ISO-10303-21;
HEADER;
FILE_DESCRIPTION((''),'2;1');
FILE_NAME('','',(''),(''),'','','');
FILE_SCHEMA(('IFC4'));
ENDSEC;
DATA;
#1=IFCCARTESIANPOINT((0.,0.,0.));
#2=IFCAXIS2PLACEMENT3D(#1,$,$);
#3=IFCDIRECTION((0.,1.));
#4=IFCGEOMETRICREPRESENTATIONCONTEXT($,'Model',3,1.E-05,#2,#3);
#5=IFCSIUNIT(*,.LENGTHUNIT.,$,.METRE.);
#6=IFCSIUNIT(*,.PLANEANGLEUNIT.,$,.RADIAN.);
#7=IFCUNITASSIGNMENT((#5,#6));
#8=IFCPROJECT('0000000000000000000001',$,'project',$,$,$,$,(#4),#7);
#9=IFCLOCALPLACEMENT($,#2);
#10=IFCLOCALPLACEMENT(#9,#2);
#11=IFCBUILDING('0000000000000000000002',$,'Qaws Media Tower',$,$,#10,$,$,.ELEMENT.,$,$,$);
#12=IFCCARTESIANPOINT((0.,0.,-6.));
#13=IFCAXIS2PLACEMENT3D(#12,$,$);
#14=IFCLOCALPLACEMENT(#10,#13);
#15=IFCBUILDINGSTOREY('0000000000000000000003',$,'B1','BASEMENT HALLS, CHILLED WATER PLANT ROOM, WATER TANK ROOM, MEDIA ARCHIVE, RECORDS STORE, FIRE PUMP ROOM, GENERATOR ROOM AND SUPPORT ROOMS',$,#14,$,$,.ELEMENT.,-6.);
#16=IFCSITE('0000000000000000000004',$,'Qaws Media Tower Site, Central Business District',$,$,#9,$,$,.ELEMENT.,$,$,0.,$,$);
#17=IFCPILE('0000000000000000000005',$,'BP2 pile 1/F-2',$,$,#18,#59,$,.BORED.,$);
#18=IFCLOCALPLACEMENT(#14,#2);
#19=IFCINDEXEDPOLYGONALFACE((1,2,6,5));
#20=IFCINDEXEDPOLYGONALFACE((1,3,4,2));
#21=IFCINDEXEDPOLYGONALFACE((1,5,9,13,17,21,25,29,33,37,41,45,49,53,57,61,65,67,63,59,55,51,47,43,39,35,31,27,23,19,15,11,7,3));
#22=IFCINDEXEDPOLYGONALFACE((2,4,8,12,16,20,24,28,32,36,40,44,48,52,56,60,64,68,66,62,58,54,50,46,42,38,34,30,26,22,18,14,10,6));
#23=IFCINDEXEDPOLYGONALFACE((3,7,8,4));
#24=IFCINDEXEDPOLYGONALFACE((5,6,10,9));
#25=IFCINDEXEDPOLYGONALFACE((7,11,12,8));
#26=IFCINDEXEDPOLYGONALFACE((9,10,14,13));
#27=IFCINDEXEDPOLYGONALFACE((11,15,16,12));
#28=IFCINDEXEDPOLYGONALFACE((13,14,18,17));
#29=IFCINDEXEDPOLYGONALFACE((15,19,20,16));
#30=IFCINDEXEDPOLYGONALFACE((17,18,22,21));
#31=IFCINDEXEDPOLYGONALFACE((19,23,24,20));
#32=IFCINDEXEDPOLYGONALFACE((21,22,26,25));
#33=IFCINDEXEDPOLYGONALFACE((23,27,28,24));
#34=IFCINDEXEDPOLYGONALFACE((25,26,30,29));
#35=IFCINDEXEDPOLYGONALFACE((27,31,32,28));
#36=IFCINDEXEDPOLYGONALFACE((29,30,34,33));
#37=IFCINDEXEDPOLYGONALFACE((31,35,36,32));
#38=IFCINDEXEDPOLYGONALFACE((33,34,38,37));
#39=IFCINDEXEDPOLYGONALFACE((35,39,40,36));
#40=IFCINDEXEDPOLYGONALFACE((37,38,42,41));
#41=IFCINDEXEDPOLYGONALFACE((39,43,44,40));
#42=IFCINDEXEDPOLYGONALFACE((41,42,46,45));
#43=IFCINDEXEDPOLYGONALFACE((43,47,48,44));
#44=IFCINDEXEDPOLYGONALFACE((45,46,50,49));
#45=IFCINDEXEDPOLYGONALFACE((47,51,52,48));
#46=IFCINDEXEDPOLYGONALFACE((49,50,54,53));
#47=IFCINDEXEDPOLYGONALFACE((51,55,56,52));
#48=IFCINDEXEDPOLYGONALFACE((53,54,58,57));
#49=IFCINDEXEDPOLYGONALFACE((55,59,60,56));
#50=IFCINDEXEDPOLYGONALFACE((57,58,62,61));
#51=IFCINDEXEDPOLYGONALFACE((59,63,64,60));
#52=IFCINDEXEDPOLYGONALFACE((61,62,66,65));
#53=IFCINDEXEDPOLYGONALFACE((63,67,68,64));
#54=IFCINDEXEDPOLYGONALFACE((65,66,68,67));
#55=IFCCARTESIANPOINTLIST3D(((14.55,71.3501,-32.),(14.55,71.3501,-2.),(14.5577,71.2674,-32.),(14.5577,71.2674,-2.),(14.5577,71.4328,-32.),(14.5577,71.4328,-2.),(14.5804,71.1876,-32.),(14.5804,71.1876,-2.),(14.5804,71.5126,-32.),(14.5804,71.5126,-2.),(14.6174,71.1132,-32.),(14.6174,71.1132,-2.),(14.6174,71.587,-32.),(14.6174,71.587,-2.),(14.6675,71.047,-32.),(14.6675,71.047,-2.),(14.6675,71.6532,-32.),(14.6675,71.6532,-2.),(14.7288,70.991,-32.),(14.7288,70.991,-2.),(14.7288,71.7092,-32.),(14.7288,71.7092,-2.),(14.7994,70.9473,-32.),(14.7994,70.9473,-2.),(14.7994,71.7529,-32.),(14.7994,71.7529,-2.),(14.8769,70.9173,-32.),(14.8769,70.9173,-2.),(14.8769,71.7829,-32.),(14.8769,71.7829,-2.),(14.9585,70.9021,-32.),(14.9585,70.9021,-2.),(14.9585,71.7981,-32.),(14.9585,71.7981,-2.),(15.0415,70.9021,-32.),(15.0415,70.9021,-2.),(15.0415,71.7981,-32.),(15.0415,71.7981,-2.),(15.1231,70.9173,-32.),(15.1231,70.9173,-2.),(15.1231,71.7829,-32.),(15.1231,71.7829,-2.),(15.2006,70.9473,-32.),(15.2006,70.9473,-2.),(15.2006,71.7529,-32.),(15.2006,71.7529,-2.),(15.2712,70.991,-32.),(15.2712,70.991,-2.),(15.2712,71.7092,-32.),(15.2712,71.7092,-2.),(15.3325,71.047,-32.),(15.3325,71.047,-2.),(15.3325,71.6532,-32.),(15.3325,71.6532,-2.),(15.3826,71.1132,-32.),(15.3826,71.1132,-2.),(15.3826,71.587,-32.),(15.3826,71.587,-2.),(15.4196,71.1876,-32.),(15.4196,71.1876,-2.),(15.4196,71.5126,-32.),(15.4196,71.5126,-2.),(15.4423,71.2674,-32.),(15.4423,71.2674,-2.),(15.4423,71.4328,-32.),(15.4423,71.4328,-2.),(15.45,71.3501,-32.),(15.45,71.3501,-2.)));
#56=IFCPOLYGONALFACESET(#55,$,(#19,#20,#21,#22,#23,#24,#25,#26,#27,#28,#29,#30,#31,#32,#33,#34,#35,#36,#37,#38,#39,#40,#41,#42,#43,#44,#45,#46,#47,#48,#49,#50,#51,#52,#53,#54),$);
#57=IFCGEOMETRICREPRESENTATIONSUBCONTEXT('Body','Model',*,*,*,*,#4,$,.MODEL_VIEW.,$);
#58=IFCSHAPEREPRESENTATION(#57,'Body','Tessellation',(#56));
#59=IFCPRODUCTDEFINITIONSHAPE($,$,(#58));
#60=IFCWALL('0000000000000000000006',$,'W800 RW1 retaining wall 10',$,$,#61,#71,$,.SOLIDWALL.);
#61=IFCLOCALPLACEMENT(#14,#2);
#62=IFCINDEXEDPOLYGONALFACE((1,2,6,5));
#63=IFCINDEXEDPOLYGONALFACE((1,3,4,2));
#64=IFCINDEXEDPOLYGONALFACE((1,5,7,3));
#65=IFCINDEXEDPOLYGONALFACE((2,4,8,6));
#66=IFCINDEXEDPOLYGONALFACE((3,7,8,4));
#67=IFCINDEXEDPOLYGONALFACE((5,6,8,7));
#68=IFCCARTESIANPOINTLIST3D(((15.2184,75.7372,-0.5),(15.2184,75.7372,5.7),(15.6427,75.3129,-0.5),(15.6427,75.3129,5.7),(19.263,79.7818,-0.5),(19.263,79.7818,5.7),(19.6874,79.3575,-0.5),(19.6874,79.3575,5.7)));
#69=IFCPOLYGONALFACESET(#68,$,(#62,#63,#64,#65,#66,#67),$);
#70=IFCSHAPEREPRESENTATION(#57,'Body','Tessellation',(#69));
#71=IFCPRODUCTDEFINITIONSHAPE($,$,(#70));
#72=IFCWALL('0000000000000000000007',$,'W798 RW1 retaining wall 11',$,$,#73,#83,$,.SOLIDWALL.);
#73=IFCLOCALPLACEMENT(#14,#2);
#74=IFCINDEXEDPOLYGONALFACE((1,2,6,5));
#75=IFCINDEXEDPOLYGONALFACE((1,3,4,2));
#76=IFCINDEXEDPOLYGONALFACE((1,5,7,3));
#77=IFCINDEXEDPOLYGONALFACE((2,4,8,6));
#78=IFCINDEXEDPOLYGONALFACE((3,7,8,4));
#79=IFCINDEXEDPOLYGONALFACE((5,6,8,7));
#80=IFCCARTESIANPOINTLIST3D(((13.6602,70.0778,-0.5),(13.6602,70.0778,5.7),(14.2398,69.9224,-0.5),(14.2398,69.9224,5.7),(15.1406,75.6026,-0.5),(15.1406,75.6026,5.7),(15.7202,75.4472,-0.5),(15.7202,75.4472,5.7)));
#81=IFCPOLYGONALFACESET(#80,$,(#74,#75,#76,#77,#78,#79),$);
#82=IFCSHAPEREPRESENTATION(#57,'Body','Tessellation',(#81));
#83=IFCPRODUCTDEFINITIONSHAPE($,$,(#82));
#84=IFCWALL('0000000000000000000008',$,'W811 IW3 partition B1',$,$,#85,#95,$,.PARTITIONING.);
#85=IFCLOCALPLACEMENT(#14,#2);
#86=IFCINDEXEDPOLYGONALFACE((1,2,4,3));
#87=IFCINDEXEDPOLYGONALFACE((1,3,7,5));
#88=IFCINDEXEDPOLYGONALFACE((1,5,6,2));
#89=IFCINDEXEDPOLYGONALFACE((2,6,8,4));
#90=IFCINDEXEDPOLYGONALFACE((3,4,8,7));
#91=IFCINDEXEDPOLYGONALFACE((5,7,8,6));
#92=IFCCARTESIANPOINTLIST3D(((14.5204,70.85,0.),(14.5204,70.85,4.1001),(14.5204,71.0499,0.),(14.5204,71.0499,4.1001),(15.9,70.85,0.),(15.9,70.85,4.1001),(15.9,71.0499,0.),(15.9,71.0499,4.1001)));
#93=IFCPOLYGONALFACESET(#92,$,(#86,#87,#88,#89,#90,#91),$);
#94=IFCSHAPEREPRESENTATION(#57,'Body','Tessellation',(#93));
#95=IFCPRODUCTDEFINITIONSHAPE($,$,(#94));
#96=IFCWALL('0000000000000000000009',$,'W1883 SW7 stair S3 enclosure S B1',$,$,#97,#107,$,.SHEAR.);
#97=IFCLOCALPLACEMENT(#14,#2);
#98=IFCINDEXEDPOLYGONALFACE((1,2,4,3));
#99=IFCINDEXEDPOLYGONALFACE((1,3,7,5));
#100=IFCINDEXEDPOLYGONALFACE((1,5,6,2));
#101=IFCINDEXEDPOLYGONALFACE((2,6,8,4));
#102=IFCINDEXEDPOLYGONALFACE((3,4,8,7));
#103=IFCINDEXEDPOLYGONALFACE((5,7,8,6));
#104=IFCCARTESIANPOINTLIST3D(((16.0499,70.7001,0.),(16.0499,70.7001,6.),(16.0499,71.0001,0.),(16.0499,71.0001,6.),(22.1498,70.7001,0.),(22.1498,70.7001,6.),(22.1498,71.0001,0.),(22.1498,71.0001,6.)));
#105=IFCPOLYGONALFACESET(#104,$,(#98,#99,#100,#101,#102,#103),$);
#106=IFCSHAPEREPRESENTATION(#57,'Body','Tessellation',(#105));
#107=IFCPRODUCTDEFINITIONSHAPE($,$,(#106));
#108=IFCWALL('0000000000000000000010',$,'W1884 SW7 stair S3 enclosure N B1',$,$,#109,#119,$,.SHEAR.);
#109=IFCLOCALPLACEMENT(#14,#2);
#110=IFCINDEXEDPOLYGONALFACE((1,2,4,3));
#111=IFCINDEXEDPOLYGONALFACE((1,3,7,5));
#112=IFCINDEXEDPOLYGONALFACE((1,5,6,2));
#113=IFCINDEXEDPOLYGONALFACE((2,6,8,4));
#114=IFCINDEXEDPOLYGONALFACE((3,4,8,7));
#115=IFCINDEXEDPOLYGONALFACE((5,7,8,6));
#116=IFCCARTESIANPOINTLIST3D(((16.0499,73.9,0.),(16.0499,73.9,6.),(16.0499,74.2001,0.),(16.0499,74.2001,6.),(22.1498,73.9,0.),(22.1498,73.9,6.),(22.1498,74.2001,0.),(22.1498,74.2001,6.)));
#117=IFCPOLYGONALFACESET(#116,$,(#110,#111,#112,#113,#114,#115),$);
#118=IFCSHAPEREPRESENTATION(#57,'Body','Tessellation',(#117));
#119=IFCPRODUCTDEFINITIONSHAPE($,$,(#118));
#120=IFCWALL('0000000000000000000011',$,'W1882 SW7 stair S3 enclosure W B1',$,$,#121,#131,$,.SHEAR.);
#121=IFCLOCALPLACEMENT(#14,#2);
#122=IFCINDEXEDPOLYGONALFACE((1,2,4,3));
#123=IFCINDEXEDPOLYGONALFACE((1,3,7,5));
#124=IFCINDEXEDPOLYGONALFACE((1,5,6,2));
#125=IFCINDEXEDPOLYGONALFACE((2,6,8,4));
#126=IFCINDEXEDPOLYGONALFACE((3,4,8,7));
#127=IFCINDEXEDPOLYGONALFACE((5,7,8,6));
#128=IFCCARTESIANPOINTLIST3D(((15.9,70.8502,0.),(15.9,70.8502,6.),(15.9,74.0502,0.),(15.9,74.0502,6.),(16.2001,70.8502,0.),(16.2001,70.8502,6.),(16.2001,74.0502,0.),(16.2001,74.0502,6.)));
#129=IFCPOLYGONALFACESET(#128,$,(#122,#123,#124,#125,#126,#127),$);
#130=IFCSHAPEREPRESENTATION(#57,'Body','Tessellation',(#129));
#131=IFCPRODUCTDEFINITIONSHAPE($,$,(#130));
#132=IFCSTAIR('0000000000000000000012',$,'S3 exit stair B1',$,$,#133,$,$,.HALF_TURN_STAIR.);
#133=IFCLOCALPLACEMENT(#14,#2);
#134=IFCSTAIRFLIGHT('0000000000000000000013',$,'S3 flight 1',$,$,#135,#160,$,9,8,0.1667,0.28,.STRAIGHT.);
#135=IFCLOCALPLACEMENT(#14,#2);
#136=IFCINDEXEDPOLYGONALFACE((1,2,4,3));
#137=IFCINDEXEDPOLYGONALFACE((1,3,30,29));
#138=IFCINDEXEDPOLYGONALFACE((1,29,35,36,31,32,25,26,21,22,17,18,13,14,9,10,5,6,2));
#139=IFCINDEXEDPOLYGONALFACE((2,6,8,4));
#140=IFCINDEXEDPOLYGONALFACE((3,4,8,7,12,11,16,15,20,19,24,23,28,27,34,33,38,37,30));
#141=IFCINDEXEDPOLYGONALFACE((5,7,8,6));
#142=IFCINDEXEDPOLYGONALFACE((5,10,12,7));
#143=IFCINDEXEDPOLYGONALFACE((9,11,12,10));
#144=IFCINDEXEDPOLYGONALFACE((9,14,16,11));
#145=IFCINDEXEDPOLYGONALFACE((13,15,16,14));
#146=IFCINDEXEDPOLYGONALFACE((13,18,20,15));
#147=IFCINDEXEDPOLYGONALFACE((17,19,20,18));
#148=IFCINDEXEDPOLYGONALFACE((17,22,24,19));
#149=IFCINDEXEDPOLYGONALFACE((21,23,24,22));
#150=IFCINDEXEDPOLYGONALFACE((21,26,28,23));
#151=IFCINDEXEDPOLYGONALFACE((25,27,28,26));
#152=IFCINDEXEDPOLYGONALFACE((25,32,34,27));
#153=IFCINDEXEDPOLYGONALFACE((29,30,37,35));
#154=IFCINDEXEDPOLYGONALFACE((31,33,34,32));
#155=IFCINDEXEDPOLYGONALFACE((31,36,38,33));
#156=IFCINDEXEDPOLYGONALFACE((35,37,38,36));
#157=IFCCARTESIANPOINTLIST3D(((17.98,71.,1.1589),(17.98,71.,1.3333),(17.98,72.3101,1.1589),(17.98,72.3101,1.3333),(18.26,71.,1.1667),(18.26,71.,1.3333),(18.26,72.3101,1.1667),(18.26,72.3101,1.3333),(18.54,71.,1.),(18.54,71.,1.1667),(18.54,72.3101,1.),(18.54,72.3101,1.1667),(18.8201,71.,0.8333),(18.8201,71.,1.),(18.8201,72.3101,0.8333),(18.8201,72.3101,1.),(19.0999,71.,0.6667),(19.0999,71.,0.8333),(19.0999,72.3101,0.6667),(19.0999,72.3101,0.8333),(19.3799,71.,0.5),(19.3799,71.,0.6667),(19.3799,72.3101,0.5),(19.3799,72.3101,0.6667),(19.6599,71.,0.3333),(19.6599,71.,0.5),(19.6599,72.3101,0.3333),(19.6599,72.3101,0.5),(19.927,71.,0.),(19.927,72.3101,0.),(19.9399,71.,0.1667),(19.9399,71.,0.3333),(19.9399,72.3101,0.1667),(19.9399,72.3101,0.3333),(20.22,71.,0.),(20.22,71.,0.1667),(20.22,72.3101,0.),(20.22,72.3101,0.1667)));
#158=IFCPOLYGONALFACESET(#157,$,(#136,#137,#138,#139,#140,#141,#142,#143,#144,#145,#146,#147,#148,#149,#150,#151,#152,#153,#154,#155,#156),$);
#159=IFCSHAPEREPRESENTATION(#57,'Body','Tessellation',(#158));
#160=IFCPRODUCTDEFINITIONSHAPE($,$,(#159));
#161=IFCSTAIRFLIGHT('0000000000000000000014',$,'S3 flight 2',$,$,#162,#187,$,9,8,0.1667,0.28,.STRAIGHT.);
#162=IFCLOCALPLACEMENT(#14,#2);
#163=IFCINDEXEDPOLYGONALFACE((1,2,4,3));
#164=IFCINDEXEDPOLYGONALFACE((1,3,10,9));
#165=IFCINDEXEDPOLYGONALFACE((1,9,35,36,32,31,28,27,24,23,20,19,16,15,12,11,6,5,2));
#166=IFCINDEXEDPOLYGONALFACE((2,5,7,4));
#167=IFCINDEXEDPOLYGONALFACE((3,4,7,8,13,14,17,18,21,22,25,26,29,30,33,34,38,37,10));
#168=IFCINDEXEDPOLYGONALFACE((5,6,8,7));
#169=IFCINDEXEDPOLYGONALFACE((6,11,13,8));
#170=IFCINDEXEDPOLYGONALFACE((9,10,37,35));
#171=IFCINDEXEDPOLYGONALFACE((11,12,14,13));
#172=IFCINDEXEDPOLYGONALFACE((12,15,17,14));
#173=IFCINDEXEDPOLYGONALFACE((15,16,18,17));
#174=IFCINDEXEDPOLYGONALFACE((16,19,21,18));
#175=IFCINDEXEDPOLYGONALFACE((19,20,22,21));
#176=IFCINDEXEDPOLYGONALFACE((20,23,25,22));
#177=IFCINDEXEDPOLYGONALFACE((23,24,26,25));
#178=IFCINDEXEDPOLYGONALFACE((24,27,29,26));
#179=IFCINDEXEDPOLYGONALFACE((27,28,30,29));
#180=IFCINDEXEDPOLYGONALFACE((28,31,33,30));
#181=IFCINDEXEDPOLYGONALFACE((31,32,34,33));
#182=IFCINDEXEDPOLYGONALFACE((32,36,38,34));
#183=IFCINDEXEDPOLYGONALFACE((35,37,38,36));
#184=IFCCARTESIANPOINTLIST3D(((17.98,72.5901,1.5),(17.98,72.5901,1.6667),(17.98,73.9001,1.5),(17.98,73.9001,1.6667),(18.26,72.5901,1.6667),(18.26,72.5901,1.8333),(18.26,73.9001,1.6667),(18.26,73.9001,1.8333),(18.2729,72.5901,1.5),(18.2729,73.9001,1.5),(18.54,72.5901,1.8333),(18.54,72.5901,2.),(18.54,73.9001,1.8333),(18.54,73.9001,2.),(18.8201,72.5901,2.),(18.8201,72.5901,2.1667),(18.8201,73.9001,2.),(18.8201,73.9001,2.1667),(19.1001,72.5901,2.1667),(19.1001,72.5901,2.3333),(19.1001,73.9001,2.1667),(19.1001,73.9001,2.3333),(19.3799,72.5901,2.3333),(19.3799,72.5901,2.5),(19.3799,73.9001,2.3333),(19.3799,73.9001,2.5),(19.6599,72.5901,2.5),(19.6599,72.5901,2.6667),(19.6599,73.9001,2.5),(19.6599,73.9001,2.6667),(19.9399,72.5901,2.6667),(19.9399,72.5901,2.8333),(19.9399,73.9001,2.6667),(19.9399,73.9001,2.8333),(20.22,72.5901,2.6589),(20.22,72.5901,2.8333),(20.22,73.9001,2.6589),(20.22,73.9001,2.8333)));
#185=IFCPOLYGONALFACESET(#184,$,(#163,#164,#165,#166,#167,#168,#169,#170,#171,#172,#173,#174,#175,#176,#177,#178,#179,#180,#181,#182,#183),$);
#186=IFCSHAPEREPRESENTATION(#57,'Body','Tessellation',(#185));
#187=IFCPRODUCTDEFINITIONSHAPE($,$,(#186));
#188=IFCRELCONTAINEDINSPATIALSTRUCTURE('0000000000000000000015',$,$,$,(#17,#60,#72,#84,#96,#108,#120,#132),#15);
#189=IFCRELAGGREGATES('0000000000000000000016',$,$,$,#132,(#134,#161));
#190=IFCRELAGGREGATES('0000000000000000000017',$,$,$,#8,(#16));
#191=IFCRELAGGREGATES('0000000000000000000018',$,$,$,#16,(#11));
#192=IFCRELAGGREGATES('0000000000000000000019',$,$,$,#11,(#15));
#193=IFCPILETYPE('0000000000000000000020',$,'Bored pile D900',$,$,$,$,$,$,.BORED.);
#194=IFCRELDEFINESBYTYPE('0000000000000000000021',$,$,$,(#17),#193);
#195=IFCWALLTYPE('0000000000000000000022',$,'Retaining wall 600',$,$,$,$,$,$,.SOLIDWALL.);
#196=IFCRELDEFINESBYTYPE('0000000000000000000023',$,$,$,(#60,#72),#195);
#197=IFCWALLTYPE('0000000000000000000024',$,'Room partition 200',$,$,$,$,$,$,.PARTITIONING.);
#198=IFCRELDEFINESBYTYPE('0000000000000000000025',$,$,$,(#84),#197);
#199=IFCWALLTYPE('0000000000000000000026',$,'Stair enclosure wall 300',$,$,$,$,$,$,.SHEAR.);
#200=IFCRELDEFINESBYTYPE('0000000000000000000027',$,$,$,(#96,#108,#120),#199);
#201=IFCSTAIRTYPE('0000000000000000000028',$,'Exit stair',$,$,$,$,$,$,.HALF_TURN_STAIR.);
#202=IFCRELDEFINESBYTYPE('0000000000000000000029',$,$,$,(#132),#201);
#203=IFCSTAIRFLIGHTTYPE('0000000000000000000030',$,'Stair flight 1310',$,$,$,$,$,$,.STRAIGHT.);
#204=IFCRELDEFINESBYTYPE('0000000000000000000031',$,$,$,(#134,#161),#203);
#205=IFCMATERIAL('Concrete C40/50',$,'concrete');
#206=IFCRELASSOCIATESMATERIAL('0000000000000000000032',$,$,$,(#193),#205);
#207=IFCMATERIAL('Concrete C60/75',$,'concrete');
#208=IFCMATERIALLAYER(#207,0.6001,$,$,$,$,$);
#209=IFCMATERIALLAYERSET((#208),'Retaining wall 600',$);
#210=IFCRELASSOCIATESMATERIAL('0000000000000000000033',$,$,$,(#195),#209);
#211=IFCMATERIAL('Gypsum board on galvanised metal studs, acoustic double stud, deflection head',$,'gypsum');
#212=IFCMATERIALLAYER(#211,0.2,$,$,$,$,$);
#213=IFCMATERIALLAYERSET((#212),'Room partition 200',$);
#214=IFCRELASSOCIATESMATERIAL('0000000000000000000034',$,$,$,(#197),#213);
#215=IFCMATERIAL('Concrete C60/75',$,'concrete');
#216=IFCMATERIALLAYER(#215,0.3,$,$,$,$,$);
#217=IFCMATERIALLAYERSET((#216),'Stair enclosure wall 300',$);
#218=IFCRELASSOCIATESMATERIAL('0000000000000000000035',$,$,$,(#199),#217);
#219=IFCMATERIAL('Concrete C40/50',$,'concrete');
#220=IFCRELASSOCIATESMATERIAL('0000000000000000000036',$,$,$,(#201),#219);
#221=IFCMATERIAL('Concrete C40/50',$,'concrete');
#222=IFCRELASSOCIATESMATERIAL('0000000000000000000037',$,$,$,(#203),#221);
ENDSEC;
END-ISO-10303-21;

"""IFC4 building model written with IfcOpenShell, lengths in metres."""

from ifc_helpers import new_model, si_unit, direction, frame, frame_2d, origin, origin_2d, place, context, subcontext, project, spatial, polyline, rectangle, circle, outline, extrude, material, layer, layer_set, material_profile, profile_set, type_object, element, aggregate, save


model = new_model("IFC4")

# Units and contexts
model_context = context("Model", 3, precision=1e-05, world=origin(), true_north=direction((0.0, 1.0)))
body_context = subcontext(model_context, "Body", "Model", "MODEL_VIEW")
ifc_project = project(units=[si_unit("LENGTHUNIT", "METRE"), si_unit("PLANEANGLEUNIT", "RADIAN")], contexts=[model_context])

# Site, building, storey
site_placement = place(None, origin())
site = spatial("IfcSite", under=ifc_project, at=site_placement, Name="Qaws Media Tower Site, Central Business District", CompositionType="ELEMENT", RefElevation=0.0)
building_placement = place(site_placement, origin())
building = spatial("IfcBuilding", under=site, at=building_placement, Name="Qaws Media Tower", CompositionType="ELEMENT")
storey_placement = place(building_placement, frame((0.0, 0.0, -6.0)))
storey = spatial("IfcBuildingStorey", under=building, at=storey_placement, Name="B1", Description="BASEMENT HALLS, CHILLED WATER PLANT ROOM, WATER TANK ROOM, MEDIA ARCHIVE, RECORDS STORE, FIRE PUMP ROOM, GENERATOR ROOM AND SUPPORT ROOMS", CompositionType="ELEMENT", Elevation=-6.0)

# Pile
ifc_material_1 = material(Name="Concrete C40/50", Category="concrete")
ifc_material_profile = material_profile(ifc_material_1, circle(Radius=0.45, at=origin_2d()), Name="D900")
ifc_profile_set = profile_set([ifc_material_profile], Name="Concrete C40/50")
pile_type = type_object("IfcPileType", Name="Bored pile D900", PredefinedType="BORED", material=ifc_profile_set)
pile_placement = place(storey_placement, frame((15.0, 71.3501, -2.0), z_axis=(0.0, 0.0, -1.0), x_axis=(1.0, 0.0, 0.0)))
element("IfcPile", 1, at=pile_placement, inside=storey, type_object=pile_type, Name="BP2 pile 1/F-2", PredefinedType="BORED", context=body_context, shape_type="SweptSolid", body=[
    extrude(circle(Radius=0.45, at=origin_2d()), origin(), (0.0, 0.0, 1.0), 30.0),
])

# Walls
ifc_material_2 = material(Name="Concrete C60/75", Category="concrete")
ifc_layer_1 = layer(ifc_material_2, 0.6001)
ifc_layer_set_1 = layer_set([ifc_layer_1], Name="Retaining wall 600")
wall_type_1 = type_object("IfcWallType", Name="Retaining wall 600", PredefinedType="SOLIDWALL", material=ifc_layer_set_1)
wall_1_placement = place(storey_placement, frame((19.4751, 79.5696, -0.5), z_axis=(0.0, 0.0, 1.0), x_axis=(-0.707107, -0.707107, 0.0)))
element("IfcWall", 2, at=wall_1_placement, inside=storey, type_object=wall_type_1, Name="W800 RW1 retaining wall 10", PredefinedType="SOLIDWALL", context=body_context, shape_type="SweptSolid", body=[
    extrude(rectangle(XDim=5.72, YDim=0.6001, at=frame_2d((2.8599, 0.0))), origin(), (0.0, 0.0, 1.0), 6.2),
])
wall_2_placement = place(storey_placement, frame((15.4304, 75.5249, -0.5), z_axis=(0.0, 0.0, 1.0), x_axis=(-0.258831, -0.965923, 0.0)))
element("IfcWall", 3, at=wall_2_placement, inside=storey, type_object=wall_type_1, Name="W798 RW1 retaining wall 11", PredefinedType="SOLIDWALL", context=body_context, shape_type="SweptSolid", body=[
    extrude(rectangle(XDim=5.7197, YDim=0.6001, at=frame_2d((2.8599, 0.0))), origin(), (0.0, 0.0, 1.0), 6.2),
])
ifc_material_3 = material(Name="Gypsum board on galvanised metal studs, acoustic double stud, deflection head", Category="gypsum")
ifc_layer_2 = layer(ifc_material_3, 0.2)
ifc_layer_set_2 = layer_set([ifc_layer_2], Name="Room partition 200")
wall_type_2 = type_object("IfcWallType", Name="Room partition 200", PredefinedType="PARTITIONING", material=ifc_layer_set_2)
wall_3_placement = place(storey_placement, frame((14.5203, 70.95, 0.0), z_axis=(0.0, 0.0, 1.0), x_axis=(1.0, 0.0, 0.0)))
element("IfcWall", 4, at=wall_3_placement, inside=storey, type_object=wall_type_2, Name="W811 IW3 partition B1", PredefinedType="PARTITIONING", context=body_context, shape_type="SweptSolid", body=[
    extrude(rectangle(XDim=1.3796, YDim=0.2, at=frame_2d((0.6899, 0.0))), origin(), (0.0, 0.0, 1.0), 4.1001),
])
ifc_material_4 = material(Name="Concrete C60/75", Category="concrete")
ifc_layer_3 = layer(ifc_material_4, 0.3)
ifc_layer_set_3 = layer_set([ifc_layer_3], Name="Stair enclosure wall 300")
wall_type_3 = type_object("IfcWallType", Name="Stair enclosure wall 300", PredefinedType="SHEAR", material=ifc_layer_set_3)
for number, where, z_axis, x_axis, name in (
    (5, (16.05, 70.8501, 0.0), (0.0, 0.0, 1.0), (1.0, 0.0, 0.0), "W1883 SW7 stair S3 enclosure S B1"),
    (6, (16.05, 74.05, 0.0), (0.0, 0.0, 1.0), (1.0, 0.0, 0.0), "W1884 SW7 stair S3 enclosure N B1"),
):
    element("IfcWall", number, at=place(storey_placement, frame(where, z_axis=z_axis, x_axis=x_axis)), inside=storey, type_object=wall_type_3, Name=name, PredefinedType="SHEAR", context=body_context, shape_type="SweptSolid", body=[
        extrude(rectangle(XDim=6.0999, YDim=0.3, at=frame_2d((3.0498, 0.0))), origin(), (0.0, 0.0, 1.0), 6.0),
    ])
wall_4_placement = place(storey_placement, frame((16.05, 70.8501, 0.0), z_axis=(0.0, 0.0, 1.0), x_axis=(0.0, 1.0, 0.0)))
element("IfcWall", 7, at=wall_4_placement, inside=storey, type_object=wall_type_3, Name="W1882 SW7 stair S3 enclosure W B1", PredefinedType="SHEAR", context=body_context, shape_type="SweptSolid", body=[
    extrude(rectangle(XDim=3.2, YDim=0.3, at=frame_2d((1.6001, 0.0))), origin(), (0.0, 0.0, 1.0), 6.0),
])

# Stair, stair flights
ifc_material_5 = material(Name="Concrete C40/50", Category="concrete")
stair_type = type_object("IfcStairType", Name="Exit stair", PredefinedType="HALF_TURN_STAIR", material=ifc_material_5)
stair_placement = place(storey_placement, origin())
stair = element("IfcStair", 8, at=stair_placement, inside=storey, type_object=stair_type, Name="S3 exit stair B1", PredefinedType="HALF_TURN_STAIR")
ifc_material_6 = material(Name="Concrete C40/50", Category="concrete")
stair_flight_type = type_object("IfcStairFlightType", Name="Stair flight 1310", PredefinedType="STRAIGHT", material=ifc_material_6)
stair_flight_1_placement = place(storey_placement, frame((20.22, 71.655, 0.0), z_axis=(0.0, 0.0, 1.0), x_axis=(-1.0, 0.0, 0.0)))
stair_flight_1 = element("IfcStairFlight", 9, at=stair_flight_1_placement, type_object=stair_flight_type, Name="S3 flight 1", NumberOfRisers=9, NumberOfTreads=8, PredefinedType="STRAIGHT", RiserHeight=0.1667, TreadLength=0.28, context=body_context, shape_type="SweptSolid", body=[
    extrude(outline(polyline([(0.0, 0.0), (0.0, 0.1667), (0.28, 0.1667), (0.28, 0.3333), (0.5601, 0.3333), (0.5601, 0.5), (0.8401, 0.5), (0.8401, 0.6667), (1.1201, 0.6667), (1.1201, 0.8333), (1.3999, 0.8333), (1.3999, 1.0), (1.6799, 1.0), (1.6799, 1.1667), (1.96, 1.1667), (1.96, 1.3333), (2.24, 1.3333), (2.24, 1.5), (2.24, 1.1589), (0.293, 0.0), (0.0, 0.0)])), frame((0.0, 0.655, 0.0), z_axis=(0.0, -1.0, 0.0), x_axis=(1.0, 0.0, 0.0)), (0.0, 0.0, 1.0), 1.3101),
])
stair_flight_2_placement = place(storey_placement, frame((17.98, 73.2451, 1.5), z_axis=(0.0, 0.0, 1.0), x_axis=(1.0, 0.0, 0.0)))
stair_flight_2 = element("IfcStairFlight", 10, at=stair_flight_2_placement, type_object=stair_flight_type, Name="S3 flight 2", NumberOfRisers=9, NumberOfTreads=8, PredefinedType="STRAIGHT", RiserHeight=0.1667, TreadLength=0.28, context=body_context, shape_type="SweptSolid", body=[
    extrude(outline(polyline([(0.0, 0.0), (0.0, 0.1667), (0.28, 0.1667), (0.28, 0.3333), (0.5601, 0.3333), (0.5601, 0.5), (0.8401, 0.5), (0.8401, 0.6667), (1.1201, 0.6667), (1.1201, 0.8333), (1.3999, 0.8333), (1.3999, 1.0), (1.6799, 1.0), (1.6799, 1.1667), (1.96, 1.1667), (1.96, 1.3333), (2.24, 1.3333), (2.24, 1.5), (2.24, 1.1589), (0.293, 0.0), (0.0, 0.0)])), frame((0.0, 0.655, 0.0), z_axis=(0.0, -1.0, 0.0), x_axis=(1.0, 0.0, 0.0)), (0.0, 0.0, 1.0), 1.3101),
])
aggregate(stair, [stair_flight_1, stair_flight_2])

save(model, "model.ifc")
